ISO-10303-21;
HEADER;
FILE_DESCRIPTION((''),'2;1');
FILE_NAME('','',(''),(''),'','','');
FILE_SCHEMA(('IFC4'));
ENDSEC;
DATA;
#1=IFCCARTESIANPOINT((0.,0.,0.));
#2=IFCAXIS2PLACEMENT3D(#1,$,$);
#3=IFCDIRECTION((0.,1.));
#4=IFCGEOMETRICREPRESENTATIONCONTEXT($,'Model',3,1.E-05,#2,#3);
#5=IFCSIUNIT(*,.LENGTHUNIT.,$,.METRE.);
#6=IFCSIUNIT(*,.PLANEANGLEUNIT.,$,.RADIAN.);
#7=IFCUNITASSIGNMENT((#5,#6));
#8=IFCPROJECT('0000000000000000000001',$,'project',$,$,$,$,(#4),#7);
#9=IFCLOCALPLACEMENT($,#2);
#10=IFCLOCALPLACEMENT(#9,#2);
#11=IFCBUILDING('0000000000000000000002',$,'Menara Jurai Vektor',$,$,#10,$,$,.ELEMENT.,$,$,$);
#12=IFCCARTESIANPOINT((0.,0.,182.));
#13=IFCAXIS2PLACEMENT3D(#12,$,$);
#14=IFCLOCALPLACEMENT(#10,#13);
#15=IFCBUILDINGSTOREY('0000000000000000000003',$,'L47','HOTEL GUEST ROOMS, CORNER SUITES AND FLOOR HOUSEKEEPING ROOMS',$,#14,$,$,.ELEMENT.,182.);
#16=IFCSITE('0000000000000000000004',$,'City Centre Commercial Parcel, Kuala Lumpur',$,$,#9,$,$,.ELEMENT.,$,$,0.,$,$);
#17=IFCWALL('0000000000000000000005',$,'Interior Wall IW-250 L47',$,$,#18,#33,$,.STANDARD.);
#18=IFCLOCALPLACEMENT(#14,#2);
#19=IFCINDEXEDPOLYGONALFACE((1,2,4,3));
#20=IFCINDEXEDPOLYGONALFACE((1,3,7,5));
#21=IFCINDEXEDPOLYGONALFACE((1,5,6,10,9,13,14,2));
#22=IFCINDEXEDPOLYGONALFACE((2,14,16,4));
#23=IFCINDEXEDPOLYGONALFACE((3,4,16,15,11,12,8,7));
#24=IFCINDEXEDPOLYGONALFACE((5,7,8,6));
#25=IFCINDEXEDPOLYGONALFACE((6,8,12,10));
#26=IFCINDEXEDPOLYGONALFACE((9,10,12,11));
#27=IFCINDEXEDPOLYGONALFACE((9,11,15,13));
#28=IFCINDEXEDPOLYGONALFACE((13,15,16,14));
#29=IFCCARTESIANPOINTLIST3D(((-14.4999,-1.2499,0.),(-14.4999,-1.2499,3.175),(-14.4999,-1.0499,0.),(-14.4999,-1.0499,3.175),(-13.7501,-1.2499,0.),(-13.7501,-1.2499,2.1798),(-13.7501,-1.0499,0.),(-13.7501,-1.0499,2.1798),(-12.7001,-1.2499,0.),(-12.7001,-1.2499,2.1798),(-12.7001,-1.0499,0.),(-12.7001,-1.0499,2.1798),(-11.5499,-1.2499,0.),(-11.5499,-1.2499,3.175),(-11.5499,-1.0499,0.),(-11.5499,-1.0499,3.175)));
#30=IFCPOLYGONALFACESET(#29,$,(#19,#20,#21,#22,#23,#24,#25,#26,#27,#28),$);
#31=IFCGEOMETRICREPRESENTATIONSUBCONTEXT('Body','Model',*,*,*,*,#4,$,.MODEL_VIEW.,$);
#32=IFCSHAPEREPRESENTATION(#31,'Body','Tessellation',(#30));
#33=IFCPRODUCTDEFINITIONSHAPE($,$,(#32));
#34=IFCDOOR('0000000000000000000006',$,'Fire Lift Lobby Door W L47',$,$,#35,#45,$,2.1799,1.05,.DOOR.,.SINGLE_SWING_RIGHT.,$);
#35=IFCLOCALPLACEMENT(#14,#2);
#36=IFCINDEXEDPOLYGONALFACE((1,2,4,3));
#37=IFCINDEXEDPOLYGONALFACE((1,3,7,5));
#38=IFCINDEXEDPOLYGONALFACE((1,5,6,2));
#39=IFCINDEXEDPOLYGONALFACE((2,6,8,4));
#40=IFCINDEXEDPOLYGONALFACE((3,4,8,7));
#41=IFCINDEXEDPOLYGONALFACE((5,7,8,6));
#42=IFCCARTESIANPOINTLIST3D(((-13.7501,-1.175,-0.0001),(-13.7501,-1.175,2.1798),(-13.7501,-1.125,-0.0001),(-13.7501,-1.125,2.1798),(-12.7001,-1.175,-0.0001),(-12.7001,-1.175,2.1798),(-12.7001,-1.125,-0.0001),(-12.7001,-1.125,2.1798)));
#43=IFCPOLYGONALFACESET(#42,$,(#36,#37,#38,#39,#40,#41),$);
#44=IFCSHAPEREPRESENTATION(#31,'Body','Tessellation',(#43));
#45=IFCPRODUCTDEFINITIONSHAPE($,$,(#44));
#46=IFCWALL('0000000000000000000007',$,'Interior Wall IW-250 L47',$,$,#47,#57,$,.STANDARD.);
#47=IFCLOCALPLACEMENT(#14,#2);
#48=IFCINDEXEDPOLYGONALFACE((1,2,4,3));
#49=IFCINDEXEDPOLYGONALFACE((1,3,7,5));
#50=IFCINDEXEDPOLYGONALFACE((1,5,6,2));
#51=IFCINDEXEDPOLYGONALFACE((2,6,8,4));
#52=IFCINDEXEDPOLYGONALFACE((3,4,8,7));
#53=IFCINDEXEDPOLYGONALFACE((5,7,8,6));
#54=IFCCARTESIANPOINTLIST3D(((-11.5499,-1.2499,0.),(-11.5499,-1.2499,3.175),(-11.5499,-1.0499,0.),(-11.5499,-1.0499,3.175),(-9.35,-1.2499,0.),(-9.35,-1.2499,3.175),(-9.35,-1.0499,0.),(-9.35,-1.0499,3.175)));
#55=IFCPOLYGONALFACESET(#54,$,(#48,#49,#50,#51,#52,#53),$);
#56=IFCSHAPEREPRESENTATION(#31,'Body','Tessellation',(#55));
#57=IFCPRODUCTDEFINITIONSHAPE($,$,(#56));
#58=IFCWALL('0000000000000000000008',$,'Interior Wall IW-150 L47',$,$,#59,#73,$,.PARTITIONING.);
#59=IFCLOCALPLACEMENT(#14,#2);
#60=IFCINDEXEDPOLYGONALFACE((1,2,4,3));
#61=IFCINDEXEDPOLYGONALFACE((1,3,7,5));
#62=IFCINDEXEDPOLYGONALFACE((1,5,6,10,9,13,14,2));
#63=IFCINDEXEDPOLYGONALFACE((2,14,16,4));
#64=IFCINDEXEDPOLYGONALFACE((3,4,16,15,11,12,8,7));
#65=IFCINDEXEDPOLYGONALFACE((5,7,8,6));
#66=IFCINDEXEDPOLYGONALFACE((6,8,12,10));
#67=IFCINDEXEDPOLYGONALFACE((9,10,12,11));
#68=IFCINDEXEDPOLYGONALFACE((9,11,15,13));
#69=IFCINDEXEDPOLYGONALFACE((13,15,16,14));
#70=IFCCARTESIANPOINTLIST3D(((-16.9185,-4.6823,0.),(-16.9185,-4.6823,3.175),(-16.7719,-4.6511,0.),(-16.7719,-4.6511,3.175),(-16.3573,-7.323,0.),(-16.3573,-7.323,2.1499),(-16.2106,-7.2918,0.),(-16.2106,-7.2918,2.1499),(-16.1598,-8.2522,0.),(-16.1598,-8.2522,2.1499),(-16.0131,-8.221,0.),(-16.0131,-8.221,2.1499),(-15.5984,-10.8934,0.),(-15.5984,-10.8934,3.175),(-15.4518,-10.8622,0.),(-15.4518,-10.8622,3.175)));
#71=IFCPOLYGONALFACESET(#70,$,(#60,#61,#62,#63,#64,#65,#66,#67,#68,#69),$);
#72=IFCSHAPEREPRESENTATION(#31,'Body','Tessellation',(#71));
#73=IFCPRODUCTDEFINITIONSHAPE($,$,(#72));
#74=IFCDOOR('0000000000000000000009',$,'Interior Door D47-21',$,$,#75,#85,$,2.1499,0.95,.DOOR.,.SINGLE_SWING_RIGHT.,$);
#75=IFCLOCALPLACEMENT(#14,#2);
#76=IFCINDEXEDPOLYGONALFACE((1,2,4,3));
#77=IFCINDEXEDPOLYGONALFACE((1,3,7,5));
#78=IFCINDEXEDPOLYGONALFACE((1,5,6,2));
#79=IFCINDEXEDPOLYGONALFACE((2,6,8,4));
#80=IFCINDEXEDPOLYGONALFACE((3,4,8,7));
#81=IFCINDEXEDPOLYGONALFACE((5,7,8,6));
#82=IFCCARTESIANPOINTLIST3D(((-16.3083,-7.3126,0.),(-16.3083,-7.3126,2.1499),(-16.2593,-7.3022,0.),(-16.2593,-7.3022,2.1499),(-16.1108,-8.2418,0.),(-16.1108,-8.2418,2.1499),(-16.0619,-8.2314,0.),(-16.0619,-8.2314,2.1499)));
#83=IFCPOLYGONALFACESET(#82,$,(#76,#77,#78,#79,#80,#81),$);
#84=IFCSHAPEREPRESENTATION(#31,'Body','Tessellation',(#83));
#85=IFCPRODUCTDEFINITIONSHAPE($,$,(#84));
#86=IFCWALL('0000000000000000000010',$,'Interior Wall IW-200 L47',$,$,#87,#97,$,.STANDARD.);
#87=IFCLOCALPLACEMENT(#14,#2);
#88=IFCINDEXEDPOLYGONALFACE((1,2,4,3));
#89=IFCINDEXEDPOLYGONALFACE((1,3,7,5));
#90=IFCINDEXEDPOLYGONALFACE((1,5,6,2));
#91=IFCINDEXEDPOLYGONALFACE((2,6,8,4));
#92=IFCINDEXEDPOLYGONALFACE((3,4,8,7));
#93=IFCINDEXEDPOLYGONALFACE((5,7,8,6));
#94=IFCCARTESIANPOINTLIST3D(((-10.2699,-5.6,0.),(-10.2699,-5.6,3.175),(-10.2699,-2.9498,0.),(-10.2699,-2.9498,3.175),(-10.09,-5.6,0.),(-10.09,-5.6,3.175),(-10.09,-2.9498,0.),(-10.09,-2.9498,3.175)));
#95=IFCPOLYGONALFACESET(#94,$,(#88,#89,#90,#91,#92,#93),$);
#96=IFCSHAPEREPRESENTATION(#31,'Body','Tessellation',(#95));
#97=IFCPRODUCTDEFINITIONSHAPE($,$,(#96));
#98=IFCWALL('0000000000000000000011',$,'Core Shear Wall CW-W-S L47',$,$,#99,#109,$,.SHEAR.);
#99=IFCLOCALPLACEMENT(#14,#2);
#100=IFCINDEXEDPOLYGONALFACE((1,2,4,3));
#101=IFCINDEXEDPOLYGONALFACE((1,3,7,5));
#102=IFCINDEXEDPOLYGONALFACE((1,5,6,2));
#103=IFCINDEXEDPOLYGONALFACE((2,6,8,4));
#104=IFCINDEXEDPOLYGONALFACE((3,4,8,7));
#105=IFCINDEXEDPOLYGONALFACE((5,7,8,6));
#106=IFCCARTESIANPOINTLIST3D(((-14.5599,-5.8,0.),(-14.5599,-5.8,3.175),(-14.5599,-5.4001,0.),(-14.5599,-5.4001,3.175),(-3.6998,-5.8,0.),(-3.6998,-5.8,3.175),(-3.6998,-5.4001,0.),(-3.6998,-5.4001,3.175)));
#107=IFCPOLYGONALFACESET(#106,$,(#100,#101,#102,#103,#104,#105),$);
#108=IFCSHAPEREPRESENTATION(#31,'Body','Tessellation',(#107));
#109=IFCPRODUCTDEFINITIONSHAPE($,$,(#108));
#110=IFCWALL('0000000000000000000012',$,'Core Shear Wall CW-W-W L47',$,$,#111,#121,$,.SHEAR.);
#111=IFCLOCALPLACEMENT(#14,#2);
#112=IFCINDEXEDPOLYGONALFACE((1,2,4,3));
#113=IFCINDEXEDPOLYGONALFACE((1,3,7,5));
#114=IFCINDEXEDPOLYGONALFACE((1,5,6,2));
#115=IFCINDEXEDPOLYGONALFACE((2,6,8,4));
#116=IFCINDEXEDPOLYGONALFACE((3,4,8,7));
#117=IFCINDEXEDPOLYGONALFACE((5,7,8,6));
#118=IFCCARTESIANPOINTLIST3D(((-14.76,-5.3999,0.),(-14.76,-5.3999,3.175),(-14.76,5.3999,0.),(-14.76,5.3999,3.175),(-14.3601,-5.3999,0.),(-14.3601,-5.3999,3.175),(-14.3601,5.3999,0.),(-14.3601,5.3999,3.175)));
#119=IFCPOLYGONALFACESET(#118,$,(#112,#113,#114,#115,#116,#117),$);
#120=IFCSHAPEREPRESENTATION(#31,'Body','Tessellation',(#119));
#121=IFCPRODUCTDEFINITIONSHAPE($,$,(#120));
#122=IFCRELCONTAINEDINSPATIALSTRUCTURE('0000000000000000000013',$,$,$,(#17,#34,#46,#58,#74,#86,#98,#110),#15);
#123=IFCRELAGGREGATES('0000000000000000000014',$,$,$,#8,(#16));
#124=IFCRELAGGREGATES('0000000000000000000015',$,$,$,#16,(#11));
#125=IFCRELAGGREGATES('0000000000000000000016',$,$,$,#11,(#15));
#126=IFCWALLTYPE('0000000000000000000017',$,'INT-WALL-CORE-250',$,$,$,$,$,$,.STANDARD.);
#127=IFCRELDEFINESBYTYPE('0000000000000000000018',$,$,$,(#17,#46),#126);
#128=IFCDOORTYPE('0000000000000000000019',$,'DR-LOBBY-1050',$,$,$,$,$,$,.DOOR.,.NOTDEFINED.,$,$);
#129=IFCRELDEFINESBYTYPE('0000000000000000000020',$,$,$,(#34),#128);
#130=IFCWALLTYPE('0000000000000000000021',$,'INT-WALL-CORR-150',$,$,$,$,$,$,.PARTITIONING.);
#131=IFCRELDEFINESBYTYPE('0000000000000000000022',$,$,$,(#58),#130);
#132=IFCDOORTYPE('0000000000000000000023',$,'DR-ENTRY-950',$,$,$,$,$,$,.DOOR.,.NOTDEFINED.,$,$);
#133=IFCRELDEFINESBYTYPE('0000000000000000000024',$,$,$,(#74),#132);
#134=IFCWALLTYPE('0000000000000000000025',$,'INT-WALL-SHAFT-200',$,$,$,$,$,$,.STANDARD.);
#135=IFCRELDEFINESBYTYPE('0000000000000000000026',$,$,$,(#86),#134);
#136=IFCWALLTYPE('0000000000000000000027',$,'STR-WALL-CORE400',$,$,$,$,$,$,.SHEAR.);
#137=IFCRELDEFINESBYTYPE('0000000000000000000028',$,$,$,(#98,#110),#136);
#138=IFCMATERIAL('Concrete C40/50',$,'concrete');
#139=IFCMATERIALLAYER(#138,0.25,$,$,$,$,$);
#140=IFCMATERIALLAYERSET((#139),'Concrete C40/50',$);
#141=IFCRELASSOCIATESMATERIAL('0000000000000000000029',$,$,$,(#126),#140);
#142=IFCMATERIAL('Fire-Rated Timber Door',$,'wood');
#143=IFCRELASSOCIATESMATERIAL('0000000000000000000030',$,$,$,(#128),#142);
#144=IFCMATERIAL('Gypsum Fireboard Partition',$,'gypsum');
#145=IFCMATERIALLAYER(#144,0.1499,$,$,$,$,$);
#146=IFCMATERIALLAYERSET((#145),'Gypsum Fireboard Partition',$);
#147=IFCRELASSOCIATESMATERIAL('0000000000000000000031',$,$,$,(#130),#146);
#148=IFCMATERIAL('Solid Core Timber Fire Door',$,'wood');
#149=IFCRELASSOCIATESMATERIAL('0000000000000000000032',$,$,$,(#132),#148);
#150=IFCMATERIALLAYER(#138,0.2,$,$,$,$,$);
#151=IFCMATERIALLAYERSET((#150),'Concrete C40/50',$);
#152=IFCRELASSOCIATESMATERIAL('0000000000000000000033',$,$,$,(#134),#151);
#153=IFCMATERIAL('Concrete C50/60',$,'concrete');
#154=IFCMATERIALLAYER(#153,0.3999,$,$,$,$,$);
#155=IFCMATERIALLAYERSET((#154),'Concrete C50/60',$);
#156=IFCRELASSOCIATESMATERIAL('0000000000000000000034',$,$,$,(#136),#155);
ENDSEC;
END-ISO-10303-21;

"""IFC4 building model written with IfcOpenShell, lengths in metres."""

from ifc_helpers import new_model, si_unit, direction, frame, frame_2d, origin, place, context, subcontext, project, spatial, rectangle, extrude, material, layer, layer_set, type_object, element, fill, save


model = new_model("IFC4")

# Units and contexts
model_context = context("Model", 3, precision=1e-05, world=origin(), true_north=direction((0.0, 1.0)))
body_context = subcontext(model_context, "Body", "Model", "MODEL_VIEW")
ifc_project = project(units=[si_unit("LENGTHUNIT", "METRE"), si_unit("PLANEANGLEUNIT", "RADIAN")], contexts=[model_context])

# Site, building, storey
site_placement = place(None, origin())
site = spatial("IfcSite", under=ifc_project, at=site_placement, Name="City Centre Commercial Parcel, Kuala Lumpur", CompositionType="ELEMENT", RefElevation=0.0)
building_placement = place(site_placement, origin())
building = spatial("IfcBuilding", under=site, at=building_placement, Name="Menara Jurai Vektor", CompositionType="ELEMENT")
storey_placement = place(building_placement, frame((0.0, 0.0, 182.0)))
storey = spatial("IfcBuildingStorey", under=building, at=storey_placement, Name="L47", Description="HOTEL GUEST ROOMS, CORNER SUITES AND FLOOR HOUSEKEEPING ROOMS", CompositionType="ELEMENT", Elevation=182.0)

# Shared definitions
ifc_material_1 = material(Name="Concrete C50/60", Category="concrete")

# Wall, opening, door
ifc_material_2 = material(Name="Concrete C40/50", Category="concrete")
ifc_layer_1 = layer(ifc_material_2, 0.25)
ifc_layer_set_1 = layer_set([ifc_layer_1], Name="Concrete C40/50")
wall_type_1 = type_object("IfcWallType", Name="INT-WALL-CORE-250", PredefinedType="STANDARD", material=ifc_layer_set_1)
wall_1_placement = place(storey_placement, frame((-14.5, -1.1499, 0.0), z_axis=(0.0, 0.0, 1.0), x_axis=(1.0, 0.0, 0.0)))
wall_1 = element("IfcWall", 1, at=wall_1_placement, inside=storey, type_object=wall_type_1, Name="Interior Wall IW-250 L47", PredefinedType="STANDARD", context=body_context, shape_type="SweptSolid", body=[
    extrude(rectangle(XDim=2.95, YDim=0.2, at=frame_2d((1.4751, 0.0))), origin(), (0.0, 0.0, 1.0), 3.175),
])
opening_1_placement = place(wall_1_placement, frame((0.75, 0.0, 0.0)))
opening_1 = element("IfcOpeningElement", 2, at=opening_1_placement, cuts=wall_1, PredefinedType="OPENING", context=body_context, shape_type="SweptSolid", body=[
    extrude(rectangle(XDim=1.05, YDim=2.1799, at=frame_2d((0.5249, 1.0898))), frame((0.0, 0.1099, 0.0), z_axis=(0.0, -1.0, 0.0), x_axis=(1.0, 0.0, 0.0)), (0.0, 0.0, 1.0), 0.22),
])
ifc_material_3 = material(Name="Fire-Rated Timber Door", Category="wood")
door_type_1 = type_object("IfcDoorType", Name="DR-LOBBY-1050", OperationType="NOTDEFINED", PredefinedType="DOOR", material=ifc_material_3)
door_1_placement = place(opening_1_placement, origin())
door_1 = element("IfcDoor", 3, at=door_1_placement, inside=storey, type_object=door_type_1, Name="Fire Lift Lobby Door W L47", OperationType="SINGLE_SWING_RIGHT", OverallHeight=2.1799, OverallWidth=1.05, PredefinedType="DOOR", context=body_context, shape_type="SweptSolid", body=[
    extrude(rectangle(XDim=1.05, YDim=2.1799, at=frame_2d((0.5249, 1.0898))), frame((0.0, 0.0249, 0.0), z_axis=(0.0, -1.0, 0.0), x_axis=(1.0, 0.0, 0.0)), (0.0, 0.0, 1.0), 0.05),
])
fill(opening_1, door_1)

# Wall
wall_2_placement = place(storey_placement, frame((-11.55, -1.1499, 0.0), z_axis=(0.0, 0.0, 1.0), x_axis=(1.0, 0.0, 0.0)))
element("IfcWall", 4, at=wall_2_placement, inside=storey, type_object=wall_type_1, Name="Interior Wall IW-250 L47", PredefinedType="STANDARD", context=body_context, shape_type="SweptSolid", body=[
    extrude(rectangle(XDim=2.2, YDim=0.2, at=frame_2d((1.1001, 0.0))), origin(), (0.0, 0.0, 1.0), 3.175),
])

# Wall, opening, door
ifc_material_4 = material(Name="Gypsum Fireboard Partition", Category="gypsum")
ifc_layer_2 = layer(ifc_material_4, 0.1499)
ifc_layer_set_2 = layer_set([ifc_layer_2], Name="Gypsum Fireboard Partition")
wall_type_2 = type_object("IfcWallType", Name="INT-WALL-CORR-150", PredefinedType="PARTITIONING", material=ifc_layer_set_2)
wall_3_placement = place(storey_placement, frame((-15.5251, -10.8777, 0.0), z_axis=(0.0, 0.0, 1.0), x_axis=(-0.207888, 0.978153, 0.0)))
wall_3 = element("IfcWall", 5, at=wall_3_placement, inside=storey, type_object=wall_type_2, Name="Interior Wall IW-150 L47", PredefinedType="PARTITIONING", context=body_context, shape_type="SweptSolid", body=[
    extrude(rectangle(XDim=6.3499, YDim=0.1499, at=frame_2d((3.1748, 0.0))), origin(), (0.0, 0.0, 1.0), 3.175),
])
opening_2_placement = place(wall_3_placement, frame((2.7, 0.0, 0.0)))
opening_2 = element("IfcOpeningElement", 6, at=opening_2_placement, cuts=wall_3, PredefinedType="OPENING", context=body_context, shape_type="SweptSolid", body=[
    extrude(rectangle(XDim=0.95, YDim=2.1499, at=frame_2d((0.4751, 1.075))), frame((0.0, 0.085, 0.0), z_axis=(0.0, -1.0, 0.0), x_axis=(1.0, 0.0, 0.0)), (0.0, 0.0, 1.0), 0.1699),
])
ifc_material_5 = material(Name="Solid Core Timber Fire Door", Category="wood")
door_type_2 = type_object("IfcDoorType", Name="DR-ENTRY-950", OperationType="NOTDEFINED", PredefinedType="DOOR", material=ifc_material_5)
door_2_placement = place(opening_2_placement, origin())
door_2 = element("IfcDoor", 7, at=door_2_placement, inside=storey, type_object=door_type_2, Name="Interior Door D47-21", OperationType="SINGLE_SWING_RIGHT", OverallHeight=2.1499, OverallWidth=0.95, PredefinedType="DOOR", context=body_context, shape_type="SweptSolid", body=[
    extrude(rectangle(XDim=0.95, YDim=2.1499, at=frame_2d((0.4751, 1.075))), frame((0.0, 0.0249, 0.0), z_axis=(0.0, -1.0, 0.0), x_axis=(1.0, 0.0, 0.0)), (0.0, 0.0, 1.0), 0.05),
])
fill(opening_2, door_2)

# Shared definitions
ifc_layer_3 = layer(ifc_material_2, 0.2)
ifc_layer_set_3 = layer_set([ifc_layer_3], Name="Concrete C40/50")
wall_type_3 = type_object("IfcWallType", Name="INT-WALL-SHAFT-200", PredefinedType="STANDARD", material=ifc_layer_set_3)

# Walls
wall_4_placement = place(storey_placement, frame((-10.1799, -5.6001, 0.0), z_axis=(0.0, 0.0, 1.0), x_axis=(0.0, 1.0, 0.0)))
element("IfcWall", 8, at=wall_4_placement, inside=storey, type_object=wall_type_3, Name="Interior Wall IW-200 L47", PredefinedType="STANDARD", context=body_context, shape_type="SweptSolid", body=[
    extrude(rectangle(XDim=2.6501, YDim=0.1799, at=frame_2d((1.3252, 0.0))), origin(), (0.0, 0.0, 1.0), 3.175),
])
ifc_layer_4 = layer(ifc_material_1, 0.3999)
ifc_layer_set_4 = layer_set([ifc_layer_4], Name="Concrete C50/60")
wall_type_4 = type_object("IfcWallType", Name="STR-WALL-CORE400", PredefinedType="SHEAR", material=ifc_layer_set_4)
wall_5_placement = place(storey_placement, frame((-14.5601, -5.6001, 0.0), z_axis=(0.0, 0.0, 1.0), x_axis=(1.0, 0.0, 0.0)))
element("IfcWall", 9, at=wall_5_placement, inside=storey, type_object=wall_type_4, Name="Core Shear Wall CW-W-S L47", PredefinedType="SHEAR", context=body_context, shape_type="SweptSolid", body=[
    extrude(rectangle(XDim=10.8601, YDim=0.3999, at=frame_2d((5.4302, 0.0))), origin(), (0.0, 0.0, 1.0), 3.175),
])
wall_6_placement = place(storey_placement, frame((-14.5601, -5.3999, 0.0), z_axis=(0.0, 0.0, 1.0), x_axis=(0.0, 1.0, 0.0)))
element("IfcWall", 10, at=wall_6_placement, inside=storey, type_object=wall_type_4, Name="Core Shear Wall CW-W-W L47", PredefinedType="SHEAR", context=body_context, shape_type="SweptSolid", body=[
    extrude(rectangle(XDim=10.7998, YDim=0.3999, at=frame_2d((5.3999, 0.0))), origin(), (0.0, 0.0, 1.0), 3.175),
])

save(model, "model.ifc")
